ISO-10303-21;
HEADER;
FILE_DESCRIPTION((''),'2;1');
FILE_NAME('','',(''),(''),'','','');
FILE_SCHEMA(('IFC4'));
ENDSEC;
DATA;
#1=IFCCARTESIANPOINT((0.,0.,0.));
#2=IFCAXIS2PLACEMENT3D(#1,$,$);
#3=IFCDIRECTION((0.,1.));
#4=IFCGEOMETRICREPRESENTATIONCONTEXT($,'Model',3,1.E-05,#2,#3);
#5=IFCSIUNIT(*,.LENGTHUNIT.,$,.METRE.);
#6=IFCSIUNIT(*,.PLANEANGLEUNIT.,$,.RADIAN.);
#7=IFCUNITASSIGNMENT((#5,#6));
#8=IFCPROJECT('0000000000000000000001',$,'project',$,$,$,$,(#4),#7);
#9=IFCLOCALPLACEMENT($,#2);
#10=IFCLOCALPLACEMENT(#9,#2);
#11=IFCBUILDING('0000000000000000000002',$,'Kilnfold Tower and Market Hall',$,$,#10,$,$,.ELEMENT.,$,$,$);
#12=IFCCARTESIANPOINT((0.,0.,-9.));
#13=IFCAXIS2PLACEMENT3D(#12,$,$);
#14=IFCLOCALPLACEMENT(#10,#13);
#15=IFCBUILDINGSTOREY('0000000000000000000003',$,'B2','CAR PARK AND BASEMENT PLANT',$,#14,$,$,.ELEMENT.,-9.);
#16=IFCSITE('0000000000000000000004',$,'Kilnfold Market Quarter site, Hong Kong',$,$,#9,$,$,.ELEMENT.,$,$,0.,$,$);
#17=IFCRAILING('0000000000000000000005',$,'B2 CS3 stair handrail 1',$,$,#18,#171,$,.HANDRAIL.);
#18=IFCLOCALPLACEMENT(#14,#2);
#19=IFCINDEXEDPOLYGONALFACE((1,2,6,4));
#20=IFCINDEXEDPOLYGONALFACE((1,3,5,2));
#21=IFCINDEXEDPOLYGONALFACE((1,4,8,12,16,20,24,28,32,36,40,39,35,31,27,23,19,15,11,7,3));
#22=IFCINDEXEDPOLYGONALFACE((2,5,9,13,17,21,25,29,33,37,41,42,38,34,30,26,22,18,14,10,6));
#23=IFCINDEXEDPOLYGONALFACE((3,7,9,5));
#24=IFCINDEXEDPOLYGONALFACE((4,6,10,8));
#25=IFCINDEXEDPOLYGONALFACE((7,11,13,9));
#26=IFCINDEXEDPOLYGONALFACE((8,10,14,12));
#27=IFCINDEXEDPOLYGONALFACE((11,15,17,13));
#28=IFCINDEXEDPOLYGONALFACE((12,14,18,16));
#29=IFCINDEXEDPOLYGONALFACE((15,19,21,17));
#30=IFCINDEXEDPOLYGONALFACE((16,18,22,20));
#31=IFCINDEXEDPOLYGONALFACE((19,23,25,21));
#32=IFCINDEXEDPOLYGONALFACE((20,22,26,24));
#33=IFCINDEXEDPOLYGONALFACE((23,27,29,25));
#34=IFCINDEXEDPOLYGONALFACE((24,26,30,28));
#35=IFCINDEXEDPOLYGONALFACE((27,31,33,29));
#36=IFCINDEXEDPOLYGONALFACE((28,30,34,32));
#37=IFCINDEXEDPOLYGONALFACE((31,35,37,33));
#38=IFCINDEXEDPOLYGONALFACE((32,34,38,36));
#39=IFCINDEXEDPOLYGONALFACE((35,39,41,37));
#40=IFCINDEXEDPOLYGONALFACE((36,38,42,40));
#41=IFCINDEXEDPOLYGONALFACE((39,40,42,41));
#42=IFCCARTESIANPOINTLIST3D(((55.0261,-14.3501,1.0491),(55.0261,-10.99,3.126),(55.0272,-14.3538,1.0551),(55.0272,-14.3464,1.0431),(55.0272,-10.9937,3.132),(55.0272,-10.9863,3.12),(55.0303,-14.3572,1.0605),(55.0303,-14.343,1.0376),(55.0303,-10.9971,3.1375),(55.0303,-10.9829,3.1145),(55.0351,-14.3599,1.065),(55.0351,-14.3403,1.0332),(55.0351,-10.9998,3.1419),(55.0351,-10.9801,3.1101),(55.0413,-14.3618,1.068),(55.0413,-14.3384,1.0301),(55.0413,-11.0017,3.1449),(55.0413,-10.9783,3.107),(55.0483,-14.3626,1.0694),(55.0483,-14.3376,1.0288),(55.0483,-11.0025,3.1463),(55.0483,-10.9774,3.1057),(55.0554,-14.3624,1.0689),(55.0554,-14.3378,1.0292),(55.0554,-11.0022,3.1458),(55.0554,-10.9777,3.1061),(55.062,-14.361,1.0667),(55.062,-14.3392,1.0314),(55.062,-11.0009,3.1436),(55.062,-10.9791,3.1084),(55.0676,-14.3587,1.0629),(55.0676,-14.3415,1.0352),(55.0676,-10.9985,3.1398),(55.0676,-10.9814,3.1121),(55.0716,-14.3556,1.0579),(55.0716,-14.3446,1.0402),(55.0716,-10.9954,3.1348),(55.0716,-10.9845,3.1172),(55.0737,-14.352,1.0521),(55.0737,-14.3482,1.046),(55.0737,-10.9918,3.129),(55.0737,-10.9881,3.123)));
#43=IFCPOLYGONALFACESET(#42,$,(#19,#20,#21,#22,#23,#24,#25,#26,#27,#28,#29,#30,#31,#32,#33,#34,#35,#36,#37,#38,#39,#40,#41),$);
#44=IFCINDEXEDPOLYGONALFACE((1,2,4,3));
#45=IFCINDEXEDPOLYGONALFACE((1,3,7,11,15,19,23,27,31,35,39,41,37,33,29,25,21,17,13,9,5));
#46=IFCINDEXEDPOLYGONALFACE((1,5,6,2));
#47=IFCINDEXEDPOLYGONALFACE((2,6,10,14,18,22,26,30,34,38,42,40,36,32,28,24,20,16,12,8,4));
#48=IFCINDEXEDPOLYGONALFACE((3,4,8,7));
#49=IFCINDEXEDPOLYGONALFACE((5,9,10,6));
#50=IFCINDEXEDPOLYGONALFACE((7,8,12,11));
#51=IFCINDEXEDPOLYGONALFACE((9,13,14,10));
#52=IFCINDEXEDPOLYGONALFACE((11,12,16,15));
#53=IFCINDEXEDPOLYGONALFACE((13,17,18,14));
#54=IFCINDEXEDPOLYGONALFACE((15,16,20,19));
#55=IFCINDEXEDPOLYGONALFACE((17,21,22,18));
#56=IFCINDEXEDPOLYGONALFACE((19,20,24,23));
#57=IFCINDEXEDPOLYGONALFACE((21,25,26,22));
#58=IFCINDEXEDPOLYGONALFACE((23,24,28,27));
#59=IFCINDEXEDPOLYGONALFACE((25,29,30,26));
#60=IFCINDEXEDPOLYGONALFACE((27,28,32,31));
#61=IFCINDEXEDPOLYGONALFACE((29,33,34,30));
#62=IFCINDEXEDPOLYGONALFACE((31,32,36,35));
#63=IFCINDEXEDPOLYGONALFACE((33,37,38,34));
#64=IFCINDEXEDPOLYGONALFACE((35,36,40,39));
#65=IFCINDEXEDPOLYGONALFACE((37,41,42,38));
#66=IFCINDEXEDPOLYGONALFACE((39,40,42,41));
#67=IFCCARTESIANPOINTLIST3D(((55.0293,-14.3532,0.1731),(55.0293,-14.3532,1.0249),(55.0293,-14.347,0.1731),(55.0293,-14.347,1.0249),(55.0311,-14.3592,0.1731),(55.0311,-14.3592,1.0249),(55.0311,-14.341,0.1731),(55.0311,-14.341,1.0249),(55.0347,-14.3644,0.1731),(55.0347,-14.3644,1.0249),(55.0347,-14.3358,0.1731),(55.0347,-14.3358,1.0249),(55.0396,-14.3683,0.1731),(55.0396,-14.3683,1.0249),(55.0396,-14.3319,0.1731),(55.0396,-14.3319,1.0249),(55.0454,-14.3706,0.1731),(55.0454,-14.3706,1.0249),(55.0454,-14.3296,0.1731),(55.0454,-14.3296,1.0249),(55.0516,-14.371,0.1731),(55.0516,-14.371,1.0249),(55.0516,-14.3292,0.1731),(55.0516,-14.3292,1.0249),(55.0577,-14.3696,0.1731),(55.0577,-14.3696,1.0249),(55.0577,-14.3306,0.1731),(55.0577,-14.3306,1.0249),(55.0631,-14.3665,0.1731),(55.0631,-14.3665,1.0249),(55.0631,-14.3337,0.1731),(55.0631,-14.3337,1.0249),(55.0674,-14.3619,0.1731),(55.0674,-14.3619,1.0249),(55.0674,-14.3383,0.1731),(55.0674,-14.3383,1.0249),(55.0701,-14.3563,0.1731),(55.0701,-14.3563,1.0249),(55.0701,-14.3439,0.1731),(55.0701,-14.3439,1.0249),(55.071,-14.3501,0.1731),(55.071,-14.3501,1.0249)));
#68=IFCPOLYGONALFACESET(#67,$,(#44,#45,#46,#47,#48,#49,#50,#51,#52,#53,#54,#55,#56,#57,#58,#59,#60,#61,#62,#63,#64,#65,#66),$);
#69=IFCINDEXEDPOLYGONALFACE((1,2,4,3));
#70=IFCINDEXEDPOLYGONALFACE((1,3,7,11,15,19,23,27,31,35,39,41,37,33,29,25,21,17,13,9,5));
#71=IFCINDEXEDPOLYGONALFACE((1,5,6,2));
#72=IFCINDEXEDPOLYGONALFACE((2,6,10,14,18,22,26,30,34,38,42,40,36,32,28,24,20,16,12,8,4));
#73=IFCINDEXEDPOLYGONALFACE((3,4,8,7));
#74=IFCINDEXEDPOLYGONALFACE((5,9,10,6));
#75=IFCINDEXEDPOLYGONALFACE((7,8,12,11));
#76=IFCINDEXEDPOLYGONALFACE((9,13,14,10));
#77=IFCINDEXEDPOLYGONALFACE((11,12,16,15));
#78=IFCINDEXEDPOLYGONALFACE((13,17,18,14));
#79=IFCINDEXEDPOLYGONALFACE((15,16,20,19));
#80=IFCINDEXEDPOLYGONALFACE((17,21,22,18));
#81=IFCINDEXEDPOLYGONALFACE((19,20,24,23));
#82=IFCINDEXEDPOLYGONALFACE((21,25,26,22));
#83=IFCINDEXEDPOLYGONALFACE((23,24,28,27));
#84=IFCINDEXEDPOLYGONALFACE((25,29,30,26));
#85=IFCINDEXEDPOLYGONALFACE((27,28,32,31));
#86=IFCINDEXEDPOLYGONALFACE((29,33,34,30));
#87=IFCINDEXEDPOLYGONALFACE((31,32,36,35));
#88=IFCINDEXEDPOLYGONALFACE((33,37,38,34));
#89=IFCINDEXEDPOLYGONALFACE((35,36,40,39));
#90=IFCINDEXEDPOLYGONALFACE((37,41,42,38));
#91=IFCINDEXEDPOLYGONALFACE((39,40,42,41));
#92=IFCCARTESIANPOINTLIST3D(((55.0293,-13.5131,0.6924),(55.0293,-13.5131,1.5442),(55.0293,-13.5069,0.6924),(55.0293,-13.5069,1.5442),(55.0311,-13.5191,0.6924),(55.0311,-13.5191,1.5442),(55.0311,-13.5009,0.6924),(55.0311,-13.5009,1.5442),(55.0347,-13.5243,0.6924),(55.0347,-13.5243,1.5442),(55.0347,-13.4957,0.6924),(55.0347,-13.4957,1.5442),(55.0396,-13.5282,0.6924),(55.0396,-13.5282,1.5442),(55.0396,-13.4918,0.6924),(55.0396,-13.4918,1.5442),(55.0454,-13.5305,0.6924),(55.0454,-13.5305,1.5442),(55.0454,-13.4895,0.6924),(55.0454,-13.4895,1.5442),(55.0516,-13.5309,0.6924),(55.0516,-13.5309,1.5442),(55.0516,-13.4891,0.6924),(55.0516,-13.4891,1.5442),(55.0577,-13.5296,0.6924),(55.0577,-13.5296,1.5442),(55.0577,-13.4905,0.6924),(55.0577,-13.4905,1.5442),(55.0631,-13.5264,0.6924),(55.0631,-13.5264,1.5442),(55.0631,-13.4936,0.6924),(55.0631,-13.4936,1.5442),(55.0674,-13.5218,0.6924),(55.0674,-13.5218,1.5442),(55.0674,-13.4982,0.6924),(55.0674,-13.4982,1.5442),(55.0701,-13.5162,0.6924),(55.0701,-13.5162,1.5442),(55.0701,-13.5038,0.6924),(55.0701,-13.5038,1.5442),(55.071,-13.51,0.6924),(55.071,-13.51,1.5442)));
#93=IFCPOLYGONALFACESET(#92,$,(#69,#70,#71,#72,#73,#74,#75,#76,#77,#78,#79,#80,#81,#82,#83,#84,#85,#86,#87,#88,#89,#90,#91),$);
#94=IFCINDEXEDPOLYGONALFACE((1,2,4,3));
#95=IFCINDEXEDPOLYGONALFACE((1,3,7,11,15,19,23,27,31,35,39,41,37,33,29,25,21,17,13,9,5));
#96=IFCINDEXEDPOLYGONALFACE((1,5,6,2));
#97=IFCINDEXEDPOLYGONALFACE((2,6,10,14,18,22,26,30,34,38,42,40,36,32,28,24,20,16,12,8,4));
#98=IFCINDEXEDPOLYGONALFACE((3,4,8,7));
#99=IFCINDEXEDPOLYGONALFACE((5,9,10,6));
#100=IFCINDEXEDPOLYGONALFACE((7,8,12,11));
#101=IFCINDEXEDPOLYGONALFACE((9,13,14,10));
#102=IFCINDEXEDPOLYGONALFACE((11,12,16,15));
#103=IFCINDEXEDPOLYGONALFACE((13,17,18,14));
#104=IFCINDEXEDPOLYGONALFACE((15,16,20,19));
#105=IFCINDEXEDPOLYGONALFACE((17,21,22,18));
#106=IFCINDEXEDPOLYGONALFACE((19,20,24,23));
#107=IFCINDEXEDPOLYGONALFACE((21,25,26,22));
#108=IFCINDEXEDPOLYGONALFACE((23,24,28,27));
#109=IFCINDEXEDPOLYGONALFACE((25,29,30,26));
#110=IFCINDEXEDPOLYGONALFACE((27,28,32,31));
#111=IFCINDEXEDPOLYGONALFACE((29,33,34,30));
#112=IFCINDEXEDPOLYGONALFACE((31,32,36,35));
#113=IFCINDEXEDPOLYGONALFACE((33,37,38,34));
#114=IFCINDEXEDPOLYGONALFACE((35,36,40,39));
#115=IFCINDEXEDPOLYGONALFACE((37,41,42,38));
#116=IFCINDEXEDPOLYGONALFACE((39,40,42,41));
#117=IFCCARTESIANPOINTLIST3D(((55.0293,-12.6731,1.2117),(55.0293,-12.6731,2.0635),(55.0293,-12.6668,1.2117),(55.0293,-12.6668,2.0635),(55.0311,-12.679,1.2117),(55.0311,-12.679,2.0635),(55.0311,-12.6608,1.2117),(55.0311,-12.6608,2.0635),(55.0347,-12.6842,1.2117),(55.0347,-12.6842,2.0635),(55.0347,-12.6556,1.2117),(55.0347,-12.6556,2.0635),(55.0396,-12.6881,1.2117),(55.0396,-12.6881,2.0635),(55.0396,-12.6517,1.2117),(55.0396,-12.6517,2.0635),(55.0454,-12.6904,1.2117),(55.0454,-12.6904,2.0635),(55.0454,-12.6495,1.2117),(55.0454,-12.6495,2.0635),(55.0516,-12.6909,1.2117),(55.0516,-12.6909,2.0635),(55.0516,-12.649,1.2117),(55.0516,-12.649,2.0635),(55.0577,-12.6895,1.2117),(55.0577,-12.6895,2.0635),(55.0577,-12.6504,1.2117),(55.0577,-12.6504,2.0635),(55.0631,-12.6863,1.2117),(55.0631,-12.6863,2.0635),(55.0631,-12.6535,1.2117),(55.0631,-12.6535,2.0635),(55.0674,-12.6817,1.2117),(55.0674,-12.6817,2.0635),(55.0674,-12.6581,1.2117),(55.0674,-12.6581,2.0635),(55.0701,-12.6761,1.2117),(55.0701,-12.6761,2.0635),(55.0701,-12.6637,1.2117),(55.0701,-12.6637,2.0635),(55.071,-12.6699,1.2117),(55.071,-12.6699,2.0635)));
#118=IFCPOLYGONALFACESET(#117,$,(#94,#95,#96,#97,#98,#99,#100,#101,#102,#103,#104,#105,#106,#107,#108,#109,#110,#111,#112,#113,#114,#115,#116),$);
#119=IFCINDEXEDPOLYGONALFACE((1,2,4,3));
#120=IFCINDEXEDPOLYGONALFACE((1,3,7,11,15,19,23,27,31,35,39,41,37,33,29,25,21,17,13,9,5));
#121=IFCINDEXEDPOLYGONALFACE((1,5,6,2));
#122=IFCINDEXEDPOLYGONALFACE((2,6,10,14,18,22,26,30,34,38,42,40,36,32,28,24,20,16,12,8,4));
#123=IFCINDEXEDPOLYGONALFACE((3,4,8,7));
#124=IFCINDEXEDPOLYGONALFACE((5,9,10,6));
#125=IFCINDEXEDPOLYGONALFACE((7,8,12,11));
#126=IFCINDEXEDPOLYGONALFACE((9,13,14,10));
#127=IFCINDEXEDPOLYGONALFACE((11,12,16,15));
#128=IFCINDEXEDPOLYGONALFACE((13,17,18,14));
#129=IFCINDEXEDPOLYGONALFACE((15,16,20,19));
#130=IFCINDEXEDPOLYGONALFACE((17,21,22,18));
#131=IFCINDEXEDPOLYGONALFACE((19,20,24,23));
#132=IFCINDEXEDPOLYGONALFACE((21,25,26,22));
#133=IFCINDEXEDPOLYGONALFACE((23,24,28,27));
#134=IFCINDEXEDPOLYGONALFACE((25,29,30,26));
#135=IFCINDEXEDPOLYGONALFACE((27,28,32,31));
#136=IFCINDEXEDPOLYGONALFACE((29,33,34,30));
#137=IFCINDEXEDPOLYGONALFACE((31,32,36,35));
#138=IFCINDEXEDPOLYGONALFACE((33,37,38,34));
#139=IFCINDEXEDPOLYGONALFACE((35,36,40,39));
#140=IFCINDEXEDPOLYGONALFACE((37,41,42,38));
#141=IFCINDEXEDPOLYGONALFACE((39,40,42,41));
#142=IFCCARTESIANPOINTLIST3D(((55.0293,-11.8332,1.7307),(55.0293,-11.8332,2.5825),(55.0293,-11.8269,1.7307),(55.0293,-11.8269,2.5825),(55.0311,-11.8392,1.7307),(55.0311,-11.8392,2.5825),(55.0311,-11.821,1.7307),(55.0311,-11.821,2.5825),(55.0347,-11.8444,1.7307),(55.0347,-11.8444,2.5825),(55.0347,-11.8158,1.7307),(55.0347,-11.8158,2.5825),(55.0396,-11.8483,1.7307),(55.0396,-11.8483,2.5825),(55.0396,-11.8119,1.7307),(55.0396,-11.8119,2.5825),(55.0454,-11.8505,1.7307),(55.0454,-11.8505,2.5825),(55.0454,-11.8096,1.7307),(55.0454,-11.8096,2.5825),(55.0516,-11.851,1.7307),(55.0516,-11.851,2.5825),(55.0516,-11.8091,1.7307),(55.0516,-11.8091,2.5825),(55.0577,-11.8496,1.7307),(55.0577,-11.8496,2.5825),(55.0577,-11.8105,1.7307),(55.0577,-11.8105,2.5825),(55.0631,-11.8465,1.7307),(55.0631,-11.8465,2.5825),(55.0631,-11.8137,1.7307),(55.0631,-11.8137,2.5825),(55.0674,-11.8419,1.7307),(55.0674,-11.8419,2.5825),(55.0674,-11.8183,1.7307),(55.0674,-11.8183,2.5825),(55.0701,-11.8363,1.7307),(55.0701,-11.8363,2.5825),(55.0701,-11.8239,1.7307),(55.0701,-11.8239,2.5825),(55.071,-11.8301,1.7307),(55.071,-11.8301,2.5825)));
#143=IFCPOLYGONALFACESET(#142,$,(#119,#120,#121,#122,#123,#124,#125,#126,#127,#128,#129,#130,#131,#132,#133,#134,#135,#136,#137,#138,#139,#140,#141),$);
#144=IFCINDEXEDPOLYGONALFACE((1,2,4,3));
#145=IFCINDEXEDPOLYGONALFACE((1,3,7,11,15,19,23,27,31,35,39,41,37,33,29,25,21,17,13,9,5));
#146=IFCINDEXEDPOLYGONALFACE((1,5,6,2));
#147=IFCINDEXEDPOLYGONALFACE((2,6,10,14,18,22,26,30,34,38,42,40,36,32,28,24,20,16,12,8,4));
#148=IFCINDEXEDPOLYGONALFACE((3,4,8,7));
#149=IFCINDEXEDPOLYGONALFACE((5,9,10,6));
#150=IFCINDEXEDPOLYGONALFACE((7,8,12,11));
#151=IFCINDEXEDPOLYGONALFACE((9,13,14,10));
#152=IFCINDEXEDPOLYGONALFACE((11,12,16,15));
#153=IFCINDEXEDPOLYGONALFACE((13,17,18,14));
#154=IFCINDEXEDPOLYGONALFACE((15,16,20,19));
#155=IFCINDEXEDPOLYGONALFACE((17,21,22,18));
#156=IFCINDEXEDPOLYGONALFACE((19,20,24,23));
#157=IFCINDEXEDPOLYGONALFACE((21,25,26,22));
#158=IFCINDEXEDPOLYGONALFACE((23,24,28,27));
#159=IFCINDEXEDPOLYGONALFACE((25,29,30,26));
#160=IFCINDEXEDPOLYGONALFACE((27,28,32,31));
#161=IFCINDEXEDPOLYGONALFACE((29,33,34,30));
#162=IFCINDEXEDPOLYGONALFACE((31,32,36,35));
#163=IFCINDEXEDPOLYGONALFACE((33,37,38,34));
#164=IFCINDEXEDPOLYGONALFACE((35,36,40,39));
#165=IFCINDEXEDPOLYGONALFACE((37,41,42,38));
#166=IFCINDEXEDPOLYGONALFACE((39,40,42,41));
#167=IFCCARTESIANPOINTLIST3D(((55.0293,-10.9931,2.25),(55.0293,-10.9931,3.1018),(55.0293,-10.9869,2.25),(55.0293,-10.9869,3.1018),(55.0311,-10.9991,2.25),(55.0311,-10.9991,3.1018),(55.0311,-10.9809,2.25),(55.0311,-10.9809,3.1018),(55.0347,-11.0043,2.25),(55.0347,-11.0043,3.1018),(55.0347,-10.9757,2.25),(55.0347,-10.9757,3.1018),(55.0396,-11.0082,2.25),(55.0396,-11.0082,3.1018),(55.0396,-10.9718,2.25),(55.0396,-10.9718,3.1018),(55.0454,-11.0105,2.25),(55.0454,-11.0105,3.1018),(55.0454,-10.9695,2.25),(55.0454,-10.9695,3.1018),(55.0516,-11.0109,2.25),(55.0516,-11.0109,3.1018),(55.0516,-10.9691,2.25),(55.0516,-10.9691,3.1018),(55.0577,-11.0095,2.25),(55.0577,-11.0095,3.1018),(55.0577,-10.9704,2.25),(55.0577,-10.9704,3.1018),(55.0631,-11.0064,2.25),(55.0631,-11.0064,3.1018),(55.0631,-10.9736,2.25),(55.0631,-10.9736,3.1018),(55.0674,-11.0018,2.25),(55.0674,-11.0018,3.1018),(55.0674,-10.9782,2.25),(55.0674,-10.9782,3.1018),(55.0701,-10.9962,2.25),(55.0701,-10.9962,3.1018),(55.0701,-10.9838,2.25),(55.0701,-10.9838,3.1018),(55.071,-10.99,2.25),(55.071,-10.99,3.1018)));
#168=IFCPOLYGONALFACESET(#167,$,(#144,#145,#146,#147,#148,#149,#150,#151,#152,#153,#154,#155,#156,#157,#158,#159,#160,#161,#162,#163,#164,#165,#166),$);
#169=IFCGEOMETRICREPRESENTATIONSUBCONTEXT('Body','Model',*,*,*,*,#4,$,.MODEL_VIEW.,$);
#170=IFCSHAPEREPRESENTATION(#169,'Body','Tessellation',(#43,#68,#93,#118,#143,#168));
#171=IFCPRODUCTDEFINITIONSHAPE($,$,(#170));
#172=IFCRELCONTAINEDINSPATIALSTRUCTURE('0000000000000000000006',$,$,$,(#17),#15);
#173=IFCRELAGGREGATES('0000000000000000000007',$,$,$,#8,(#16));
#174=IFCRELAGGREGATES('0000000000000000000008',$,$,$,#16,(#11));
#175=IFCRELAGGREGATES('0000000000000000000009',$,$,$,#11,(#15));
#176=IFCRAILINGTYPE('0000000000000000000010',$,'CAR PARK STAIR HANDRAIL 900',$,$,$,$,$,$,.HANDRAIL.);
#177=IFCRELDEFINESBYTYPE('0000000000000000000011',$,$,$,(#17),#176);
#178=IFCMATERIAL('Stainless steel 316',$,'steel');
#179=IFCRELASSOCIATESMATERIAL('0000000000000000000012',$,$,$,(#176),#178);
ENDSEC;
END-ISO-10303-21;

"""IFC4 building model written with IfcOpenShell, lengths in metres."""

from ifc_helpers import new_model, si_unit, direction, frame, origin, origin_2d, place, context, subcontext, project, spatial, circle, extrude, material, type_object, element, save


model = new_model("IFC4")

# Units and contexts
model_context = context("Model", 3, precision=1e-05, world=origin(), true_north=direction((0.0, 1.0)))
body_context = subcontext(model_context, "Body", "Model", "MODEL_VIEW")
ifc_project = project(units=[si_unit("LENGTHUNIT", "METRE"), si_unit("PLANEANGLEUNIT", "RADIAN")], contexts=[model_context])

# Site, building, storey
site_placement = place(None, origin())
site = spatial("IfcSite", under=ifc_project, at=site_placement, Name="Kilnfold Market Quarter site, Hong Kong", CompositionType="ELEMENT", RefElevation=0.0)
building_placement = place(site_placement, origin())
building = spatial("IfcBuilding", under=site, at=building_placement, Name="Kilnfold Tower and Market Hall", CompositionType="ELEMENT")
storey_placement = place(building_placement, frame((0.0, 0.0, -9.0)))
storey = spatial("IfcBuildingStorey", under=building, at=storey_placement, Name="B2", Description="CAR PARK AND BASEMENT PLANT", CompositionType="ELEMENT", Elevation=-9.0)

# Railing
ifc_material_1 = material(Name="Stainless steel 316", Category="steel")
railing_type_1 = type_object("IfcRailingType", Name="CAR PARK STAIR HANDRAIL 900", PredefinedType="HANDRAIL", material=ifc_material_1)
railing_1_placement = place(storey_placement, frame((55.05, -14.3501, 0.1731)))
element("IfcRailing", 1, at=railing_1_placement, inside=storey, type_object=railing_type_1, Name="B2 CS3 stair handrail 1", PredefinedType="HANDRAIL", context=body_context, shape_type="SweptSolid", body=[
    extrude(circle(Radius=0.0239, at=origin_2d()), frame((0.0, 0.0, 0.876), z_axis=(0.0, 0.850623, 0.525776), x_axis=(-1.0, 0.0, 0.0)), (0.0, 0.0, 1.0), 3.9502),
    extrude(circle(Radius=0.021, at=origin_2d()), origin(), (0.0, 0.0, 1.0), 0.8518),
    extrude(circle(Radius=0.021, at=origin_2d()), frame((0.0, 0.8401, 0.5193)), (0.0, 0.0, 1.0), 0.8518),
    extrude(circle(Radius=0.021, at=origin_2d()), frame((0.0, 1.6802, 1.0386)), (0.0, 0.0, 1.0), 0.8518),
    extrude(circle(Radius=0.021, at=origin_2d()), frame((0.0, 2.52, 1.5576)), (0.0, 0.0, 1.0), 0.8518),
    extrude(circle(Radius=0.021, at=origin_2d()), frame((0.0, 3.3601, 2.0769)), (0.0, 0.0, 1.0), 0.8518),
])

save(model, "model.ifc")
